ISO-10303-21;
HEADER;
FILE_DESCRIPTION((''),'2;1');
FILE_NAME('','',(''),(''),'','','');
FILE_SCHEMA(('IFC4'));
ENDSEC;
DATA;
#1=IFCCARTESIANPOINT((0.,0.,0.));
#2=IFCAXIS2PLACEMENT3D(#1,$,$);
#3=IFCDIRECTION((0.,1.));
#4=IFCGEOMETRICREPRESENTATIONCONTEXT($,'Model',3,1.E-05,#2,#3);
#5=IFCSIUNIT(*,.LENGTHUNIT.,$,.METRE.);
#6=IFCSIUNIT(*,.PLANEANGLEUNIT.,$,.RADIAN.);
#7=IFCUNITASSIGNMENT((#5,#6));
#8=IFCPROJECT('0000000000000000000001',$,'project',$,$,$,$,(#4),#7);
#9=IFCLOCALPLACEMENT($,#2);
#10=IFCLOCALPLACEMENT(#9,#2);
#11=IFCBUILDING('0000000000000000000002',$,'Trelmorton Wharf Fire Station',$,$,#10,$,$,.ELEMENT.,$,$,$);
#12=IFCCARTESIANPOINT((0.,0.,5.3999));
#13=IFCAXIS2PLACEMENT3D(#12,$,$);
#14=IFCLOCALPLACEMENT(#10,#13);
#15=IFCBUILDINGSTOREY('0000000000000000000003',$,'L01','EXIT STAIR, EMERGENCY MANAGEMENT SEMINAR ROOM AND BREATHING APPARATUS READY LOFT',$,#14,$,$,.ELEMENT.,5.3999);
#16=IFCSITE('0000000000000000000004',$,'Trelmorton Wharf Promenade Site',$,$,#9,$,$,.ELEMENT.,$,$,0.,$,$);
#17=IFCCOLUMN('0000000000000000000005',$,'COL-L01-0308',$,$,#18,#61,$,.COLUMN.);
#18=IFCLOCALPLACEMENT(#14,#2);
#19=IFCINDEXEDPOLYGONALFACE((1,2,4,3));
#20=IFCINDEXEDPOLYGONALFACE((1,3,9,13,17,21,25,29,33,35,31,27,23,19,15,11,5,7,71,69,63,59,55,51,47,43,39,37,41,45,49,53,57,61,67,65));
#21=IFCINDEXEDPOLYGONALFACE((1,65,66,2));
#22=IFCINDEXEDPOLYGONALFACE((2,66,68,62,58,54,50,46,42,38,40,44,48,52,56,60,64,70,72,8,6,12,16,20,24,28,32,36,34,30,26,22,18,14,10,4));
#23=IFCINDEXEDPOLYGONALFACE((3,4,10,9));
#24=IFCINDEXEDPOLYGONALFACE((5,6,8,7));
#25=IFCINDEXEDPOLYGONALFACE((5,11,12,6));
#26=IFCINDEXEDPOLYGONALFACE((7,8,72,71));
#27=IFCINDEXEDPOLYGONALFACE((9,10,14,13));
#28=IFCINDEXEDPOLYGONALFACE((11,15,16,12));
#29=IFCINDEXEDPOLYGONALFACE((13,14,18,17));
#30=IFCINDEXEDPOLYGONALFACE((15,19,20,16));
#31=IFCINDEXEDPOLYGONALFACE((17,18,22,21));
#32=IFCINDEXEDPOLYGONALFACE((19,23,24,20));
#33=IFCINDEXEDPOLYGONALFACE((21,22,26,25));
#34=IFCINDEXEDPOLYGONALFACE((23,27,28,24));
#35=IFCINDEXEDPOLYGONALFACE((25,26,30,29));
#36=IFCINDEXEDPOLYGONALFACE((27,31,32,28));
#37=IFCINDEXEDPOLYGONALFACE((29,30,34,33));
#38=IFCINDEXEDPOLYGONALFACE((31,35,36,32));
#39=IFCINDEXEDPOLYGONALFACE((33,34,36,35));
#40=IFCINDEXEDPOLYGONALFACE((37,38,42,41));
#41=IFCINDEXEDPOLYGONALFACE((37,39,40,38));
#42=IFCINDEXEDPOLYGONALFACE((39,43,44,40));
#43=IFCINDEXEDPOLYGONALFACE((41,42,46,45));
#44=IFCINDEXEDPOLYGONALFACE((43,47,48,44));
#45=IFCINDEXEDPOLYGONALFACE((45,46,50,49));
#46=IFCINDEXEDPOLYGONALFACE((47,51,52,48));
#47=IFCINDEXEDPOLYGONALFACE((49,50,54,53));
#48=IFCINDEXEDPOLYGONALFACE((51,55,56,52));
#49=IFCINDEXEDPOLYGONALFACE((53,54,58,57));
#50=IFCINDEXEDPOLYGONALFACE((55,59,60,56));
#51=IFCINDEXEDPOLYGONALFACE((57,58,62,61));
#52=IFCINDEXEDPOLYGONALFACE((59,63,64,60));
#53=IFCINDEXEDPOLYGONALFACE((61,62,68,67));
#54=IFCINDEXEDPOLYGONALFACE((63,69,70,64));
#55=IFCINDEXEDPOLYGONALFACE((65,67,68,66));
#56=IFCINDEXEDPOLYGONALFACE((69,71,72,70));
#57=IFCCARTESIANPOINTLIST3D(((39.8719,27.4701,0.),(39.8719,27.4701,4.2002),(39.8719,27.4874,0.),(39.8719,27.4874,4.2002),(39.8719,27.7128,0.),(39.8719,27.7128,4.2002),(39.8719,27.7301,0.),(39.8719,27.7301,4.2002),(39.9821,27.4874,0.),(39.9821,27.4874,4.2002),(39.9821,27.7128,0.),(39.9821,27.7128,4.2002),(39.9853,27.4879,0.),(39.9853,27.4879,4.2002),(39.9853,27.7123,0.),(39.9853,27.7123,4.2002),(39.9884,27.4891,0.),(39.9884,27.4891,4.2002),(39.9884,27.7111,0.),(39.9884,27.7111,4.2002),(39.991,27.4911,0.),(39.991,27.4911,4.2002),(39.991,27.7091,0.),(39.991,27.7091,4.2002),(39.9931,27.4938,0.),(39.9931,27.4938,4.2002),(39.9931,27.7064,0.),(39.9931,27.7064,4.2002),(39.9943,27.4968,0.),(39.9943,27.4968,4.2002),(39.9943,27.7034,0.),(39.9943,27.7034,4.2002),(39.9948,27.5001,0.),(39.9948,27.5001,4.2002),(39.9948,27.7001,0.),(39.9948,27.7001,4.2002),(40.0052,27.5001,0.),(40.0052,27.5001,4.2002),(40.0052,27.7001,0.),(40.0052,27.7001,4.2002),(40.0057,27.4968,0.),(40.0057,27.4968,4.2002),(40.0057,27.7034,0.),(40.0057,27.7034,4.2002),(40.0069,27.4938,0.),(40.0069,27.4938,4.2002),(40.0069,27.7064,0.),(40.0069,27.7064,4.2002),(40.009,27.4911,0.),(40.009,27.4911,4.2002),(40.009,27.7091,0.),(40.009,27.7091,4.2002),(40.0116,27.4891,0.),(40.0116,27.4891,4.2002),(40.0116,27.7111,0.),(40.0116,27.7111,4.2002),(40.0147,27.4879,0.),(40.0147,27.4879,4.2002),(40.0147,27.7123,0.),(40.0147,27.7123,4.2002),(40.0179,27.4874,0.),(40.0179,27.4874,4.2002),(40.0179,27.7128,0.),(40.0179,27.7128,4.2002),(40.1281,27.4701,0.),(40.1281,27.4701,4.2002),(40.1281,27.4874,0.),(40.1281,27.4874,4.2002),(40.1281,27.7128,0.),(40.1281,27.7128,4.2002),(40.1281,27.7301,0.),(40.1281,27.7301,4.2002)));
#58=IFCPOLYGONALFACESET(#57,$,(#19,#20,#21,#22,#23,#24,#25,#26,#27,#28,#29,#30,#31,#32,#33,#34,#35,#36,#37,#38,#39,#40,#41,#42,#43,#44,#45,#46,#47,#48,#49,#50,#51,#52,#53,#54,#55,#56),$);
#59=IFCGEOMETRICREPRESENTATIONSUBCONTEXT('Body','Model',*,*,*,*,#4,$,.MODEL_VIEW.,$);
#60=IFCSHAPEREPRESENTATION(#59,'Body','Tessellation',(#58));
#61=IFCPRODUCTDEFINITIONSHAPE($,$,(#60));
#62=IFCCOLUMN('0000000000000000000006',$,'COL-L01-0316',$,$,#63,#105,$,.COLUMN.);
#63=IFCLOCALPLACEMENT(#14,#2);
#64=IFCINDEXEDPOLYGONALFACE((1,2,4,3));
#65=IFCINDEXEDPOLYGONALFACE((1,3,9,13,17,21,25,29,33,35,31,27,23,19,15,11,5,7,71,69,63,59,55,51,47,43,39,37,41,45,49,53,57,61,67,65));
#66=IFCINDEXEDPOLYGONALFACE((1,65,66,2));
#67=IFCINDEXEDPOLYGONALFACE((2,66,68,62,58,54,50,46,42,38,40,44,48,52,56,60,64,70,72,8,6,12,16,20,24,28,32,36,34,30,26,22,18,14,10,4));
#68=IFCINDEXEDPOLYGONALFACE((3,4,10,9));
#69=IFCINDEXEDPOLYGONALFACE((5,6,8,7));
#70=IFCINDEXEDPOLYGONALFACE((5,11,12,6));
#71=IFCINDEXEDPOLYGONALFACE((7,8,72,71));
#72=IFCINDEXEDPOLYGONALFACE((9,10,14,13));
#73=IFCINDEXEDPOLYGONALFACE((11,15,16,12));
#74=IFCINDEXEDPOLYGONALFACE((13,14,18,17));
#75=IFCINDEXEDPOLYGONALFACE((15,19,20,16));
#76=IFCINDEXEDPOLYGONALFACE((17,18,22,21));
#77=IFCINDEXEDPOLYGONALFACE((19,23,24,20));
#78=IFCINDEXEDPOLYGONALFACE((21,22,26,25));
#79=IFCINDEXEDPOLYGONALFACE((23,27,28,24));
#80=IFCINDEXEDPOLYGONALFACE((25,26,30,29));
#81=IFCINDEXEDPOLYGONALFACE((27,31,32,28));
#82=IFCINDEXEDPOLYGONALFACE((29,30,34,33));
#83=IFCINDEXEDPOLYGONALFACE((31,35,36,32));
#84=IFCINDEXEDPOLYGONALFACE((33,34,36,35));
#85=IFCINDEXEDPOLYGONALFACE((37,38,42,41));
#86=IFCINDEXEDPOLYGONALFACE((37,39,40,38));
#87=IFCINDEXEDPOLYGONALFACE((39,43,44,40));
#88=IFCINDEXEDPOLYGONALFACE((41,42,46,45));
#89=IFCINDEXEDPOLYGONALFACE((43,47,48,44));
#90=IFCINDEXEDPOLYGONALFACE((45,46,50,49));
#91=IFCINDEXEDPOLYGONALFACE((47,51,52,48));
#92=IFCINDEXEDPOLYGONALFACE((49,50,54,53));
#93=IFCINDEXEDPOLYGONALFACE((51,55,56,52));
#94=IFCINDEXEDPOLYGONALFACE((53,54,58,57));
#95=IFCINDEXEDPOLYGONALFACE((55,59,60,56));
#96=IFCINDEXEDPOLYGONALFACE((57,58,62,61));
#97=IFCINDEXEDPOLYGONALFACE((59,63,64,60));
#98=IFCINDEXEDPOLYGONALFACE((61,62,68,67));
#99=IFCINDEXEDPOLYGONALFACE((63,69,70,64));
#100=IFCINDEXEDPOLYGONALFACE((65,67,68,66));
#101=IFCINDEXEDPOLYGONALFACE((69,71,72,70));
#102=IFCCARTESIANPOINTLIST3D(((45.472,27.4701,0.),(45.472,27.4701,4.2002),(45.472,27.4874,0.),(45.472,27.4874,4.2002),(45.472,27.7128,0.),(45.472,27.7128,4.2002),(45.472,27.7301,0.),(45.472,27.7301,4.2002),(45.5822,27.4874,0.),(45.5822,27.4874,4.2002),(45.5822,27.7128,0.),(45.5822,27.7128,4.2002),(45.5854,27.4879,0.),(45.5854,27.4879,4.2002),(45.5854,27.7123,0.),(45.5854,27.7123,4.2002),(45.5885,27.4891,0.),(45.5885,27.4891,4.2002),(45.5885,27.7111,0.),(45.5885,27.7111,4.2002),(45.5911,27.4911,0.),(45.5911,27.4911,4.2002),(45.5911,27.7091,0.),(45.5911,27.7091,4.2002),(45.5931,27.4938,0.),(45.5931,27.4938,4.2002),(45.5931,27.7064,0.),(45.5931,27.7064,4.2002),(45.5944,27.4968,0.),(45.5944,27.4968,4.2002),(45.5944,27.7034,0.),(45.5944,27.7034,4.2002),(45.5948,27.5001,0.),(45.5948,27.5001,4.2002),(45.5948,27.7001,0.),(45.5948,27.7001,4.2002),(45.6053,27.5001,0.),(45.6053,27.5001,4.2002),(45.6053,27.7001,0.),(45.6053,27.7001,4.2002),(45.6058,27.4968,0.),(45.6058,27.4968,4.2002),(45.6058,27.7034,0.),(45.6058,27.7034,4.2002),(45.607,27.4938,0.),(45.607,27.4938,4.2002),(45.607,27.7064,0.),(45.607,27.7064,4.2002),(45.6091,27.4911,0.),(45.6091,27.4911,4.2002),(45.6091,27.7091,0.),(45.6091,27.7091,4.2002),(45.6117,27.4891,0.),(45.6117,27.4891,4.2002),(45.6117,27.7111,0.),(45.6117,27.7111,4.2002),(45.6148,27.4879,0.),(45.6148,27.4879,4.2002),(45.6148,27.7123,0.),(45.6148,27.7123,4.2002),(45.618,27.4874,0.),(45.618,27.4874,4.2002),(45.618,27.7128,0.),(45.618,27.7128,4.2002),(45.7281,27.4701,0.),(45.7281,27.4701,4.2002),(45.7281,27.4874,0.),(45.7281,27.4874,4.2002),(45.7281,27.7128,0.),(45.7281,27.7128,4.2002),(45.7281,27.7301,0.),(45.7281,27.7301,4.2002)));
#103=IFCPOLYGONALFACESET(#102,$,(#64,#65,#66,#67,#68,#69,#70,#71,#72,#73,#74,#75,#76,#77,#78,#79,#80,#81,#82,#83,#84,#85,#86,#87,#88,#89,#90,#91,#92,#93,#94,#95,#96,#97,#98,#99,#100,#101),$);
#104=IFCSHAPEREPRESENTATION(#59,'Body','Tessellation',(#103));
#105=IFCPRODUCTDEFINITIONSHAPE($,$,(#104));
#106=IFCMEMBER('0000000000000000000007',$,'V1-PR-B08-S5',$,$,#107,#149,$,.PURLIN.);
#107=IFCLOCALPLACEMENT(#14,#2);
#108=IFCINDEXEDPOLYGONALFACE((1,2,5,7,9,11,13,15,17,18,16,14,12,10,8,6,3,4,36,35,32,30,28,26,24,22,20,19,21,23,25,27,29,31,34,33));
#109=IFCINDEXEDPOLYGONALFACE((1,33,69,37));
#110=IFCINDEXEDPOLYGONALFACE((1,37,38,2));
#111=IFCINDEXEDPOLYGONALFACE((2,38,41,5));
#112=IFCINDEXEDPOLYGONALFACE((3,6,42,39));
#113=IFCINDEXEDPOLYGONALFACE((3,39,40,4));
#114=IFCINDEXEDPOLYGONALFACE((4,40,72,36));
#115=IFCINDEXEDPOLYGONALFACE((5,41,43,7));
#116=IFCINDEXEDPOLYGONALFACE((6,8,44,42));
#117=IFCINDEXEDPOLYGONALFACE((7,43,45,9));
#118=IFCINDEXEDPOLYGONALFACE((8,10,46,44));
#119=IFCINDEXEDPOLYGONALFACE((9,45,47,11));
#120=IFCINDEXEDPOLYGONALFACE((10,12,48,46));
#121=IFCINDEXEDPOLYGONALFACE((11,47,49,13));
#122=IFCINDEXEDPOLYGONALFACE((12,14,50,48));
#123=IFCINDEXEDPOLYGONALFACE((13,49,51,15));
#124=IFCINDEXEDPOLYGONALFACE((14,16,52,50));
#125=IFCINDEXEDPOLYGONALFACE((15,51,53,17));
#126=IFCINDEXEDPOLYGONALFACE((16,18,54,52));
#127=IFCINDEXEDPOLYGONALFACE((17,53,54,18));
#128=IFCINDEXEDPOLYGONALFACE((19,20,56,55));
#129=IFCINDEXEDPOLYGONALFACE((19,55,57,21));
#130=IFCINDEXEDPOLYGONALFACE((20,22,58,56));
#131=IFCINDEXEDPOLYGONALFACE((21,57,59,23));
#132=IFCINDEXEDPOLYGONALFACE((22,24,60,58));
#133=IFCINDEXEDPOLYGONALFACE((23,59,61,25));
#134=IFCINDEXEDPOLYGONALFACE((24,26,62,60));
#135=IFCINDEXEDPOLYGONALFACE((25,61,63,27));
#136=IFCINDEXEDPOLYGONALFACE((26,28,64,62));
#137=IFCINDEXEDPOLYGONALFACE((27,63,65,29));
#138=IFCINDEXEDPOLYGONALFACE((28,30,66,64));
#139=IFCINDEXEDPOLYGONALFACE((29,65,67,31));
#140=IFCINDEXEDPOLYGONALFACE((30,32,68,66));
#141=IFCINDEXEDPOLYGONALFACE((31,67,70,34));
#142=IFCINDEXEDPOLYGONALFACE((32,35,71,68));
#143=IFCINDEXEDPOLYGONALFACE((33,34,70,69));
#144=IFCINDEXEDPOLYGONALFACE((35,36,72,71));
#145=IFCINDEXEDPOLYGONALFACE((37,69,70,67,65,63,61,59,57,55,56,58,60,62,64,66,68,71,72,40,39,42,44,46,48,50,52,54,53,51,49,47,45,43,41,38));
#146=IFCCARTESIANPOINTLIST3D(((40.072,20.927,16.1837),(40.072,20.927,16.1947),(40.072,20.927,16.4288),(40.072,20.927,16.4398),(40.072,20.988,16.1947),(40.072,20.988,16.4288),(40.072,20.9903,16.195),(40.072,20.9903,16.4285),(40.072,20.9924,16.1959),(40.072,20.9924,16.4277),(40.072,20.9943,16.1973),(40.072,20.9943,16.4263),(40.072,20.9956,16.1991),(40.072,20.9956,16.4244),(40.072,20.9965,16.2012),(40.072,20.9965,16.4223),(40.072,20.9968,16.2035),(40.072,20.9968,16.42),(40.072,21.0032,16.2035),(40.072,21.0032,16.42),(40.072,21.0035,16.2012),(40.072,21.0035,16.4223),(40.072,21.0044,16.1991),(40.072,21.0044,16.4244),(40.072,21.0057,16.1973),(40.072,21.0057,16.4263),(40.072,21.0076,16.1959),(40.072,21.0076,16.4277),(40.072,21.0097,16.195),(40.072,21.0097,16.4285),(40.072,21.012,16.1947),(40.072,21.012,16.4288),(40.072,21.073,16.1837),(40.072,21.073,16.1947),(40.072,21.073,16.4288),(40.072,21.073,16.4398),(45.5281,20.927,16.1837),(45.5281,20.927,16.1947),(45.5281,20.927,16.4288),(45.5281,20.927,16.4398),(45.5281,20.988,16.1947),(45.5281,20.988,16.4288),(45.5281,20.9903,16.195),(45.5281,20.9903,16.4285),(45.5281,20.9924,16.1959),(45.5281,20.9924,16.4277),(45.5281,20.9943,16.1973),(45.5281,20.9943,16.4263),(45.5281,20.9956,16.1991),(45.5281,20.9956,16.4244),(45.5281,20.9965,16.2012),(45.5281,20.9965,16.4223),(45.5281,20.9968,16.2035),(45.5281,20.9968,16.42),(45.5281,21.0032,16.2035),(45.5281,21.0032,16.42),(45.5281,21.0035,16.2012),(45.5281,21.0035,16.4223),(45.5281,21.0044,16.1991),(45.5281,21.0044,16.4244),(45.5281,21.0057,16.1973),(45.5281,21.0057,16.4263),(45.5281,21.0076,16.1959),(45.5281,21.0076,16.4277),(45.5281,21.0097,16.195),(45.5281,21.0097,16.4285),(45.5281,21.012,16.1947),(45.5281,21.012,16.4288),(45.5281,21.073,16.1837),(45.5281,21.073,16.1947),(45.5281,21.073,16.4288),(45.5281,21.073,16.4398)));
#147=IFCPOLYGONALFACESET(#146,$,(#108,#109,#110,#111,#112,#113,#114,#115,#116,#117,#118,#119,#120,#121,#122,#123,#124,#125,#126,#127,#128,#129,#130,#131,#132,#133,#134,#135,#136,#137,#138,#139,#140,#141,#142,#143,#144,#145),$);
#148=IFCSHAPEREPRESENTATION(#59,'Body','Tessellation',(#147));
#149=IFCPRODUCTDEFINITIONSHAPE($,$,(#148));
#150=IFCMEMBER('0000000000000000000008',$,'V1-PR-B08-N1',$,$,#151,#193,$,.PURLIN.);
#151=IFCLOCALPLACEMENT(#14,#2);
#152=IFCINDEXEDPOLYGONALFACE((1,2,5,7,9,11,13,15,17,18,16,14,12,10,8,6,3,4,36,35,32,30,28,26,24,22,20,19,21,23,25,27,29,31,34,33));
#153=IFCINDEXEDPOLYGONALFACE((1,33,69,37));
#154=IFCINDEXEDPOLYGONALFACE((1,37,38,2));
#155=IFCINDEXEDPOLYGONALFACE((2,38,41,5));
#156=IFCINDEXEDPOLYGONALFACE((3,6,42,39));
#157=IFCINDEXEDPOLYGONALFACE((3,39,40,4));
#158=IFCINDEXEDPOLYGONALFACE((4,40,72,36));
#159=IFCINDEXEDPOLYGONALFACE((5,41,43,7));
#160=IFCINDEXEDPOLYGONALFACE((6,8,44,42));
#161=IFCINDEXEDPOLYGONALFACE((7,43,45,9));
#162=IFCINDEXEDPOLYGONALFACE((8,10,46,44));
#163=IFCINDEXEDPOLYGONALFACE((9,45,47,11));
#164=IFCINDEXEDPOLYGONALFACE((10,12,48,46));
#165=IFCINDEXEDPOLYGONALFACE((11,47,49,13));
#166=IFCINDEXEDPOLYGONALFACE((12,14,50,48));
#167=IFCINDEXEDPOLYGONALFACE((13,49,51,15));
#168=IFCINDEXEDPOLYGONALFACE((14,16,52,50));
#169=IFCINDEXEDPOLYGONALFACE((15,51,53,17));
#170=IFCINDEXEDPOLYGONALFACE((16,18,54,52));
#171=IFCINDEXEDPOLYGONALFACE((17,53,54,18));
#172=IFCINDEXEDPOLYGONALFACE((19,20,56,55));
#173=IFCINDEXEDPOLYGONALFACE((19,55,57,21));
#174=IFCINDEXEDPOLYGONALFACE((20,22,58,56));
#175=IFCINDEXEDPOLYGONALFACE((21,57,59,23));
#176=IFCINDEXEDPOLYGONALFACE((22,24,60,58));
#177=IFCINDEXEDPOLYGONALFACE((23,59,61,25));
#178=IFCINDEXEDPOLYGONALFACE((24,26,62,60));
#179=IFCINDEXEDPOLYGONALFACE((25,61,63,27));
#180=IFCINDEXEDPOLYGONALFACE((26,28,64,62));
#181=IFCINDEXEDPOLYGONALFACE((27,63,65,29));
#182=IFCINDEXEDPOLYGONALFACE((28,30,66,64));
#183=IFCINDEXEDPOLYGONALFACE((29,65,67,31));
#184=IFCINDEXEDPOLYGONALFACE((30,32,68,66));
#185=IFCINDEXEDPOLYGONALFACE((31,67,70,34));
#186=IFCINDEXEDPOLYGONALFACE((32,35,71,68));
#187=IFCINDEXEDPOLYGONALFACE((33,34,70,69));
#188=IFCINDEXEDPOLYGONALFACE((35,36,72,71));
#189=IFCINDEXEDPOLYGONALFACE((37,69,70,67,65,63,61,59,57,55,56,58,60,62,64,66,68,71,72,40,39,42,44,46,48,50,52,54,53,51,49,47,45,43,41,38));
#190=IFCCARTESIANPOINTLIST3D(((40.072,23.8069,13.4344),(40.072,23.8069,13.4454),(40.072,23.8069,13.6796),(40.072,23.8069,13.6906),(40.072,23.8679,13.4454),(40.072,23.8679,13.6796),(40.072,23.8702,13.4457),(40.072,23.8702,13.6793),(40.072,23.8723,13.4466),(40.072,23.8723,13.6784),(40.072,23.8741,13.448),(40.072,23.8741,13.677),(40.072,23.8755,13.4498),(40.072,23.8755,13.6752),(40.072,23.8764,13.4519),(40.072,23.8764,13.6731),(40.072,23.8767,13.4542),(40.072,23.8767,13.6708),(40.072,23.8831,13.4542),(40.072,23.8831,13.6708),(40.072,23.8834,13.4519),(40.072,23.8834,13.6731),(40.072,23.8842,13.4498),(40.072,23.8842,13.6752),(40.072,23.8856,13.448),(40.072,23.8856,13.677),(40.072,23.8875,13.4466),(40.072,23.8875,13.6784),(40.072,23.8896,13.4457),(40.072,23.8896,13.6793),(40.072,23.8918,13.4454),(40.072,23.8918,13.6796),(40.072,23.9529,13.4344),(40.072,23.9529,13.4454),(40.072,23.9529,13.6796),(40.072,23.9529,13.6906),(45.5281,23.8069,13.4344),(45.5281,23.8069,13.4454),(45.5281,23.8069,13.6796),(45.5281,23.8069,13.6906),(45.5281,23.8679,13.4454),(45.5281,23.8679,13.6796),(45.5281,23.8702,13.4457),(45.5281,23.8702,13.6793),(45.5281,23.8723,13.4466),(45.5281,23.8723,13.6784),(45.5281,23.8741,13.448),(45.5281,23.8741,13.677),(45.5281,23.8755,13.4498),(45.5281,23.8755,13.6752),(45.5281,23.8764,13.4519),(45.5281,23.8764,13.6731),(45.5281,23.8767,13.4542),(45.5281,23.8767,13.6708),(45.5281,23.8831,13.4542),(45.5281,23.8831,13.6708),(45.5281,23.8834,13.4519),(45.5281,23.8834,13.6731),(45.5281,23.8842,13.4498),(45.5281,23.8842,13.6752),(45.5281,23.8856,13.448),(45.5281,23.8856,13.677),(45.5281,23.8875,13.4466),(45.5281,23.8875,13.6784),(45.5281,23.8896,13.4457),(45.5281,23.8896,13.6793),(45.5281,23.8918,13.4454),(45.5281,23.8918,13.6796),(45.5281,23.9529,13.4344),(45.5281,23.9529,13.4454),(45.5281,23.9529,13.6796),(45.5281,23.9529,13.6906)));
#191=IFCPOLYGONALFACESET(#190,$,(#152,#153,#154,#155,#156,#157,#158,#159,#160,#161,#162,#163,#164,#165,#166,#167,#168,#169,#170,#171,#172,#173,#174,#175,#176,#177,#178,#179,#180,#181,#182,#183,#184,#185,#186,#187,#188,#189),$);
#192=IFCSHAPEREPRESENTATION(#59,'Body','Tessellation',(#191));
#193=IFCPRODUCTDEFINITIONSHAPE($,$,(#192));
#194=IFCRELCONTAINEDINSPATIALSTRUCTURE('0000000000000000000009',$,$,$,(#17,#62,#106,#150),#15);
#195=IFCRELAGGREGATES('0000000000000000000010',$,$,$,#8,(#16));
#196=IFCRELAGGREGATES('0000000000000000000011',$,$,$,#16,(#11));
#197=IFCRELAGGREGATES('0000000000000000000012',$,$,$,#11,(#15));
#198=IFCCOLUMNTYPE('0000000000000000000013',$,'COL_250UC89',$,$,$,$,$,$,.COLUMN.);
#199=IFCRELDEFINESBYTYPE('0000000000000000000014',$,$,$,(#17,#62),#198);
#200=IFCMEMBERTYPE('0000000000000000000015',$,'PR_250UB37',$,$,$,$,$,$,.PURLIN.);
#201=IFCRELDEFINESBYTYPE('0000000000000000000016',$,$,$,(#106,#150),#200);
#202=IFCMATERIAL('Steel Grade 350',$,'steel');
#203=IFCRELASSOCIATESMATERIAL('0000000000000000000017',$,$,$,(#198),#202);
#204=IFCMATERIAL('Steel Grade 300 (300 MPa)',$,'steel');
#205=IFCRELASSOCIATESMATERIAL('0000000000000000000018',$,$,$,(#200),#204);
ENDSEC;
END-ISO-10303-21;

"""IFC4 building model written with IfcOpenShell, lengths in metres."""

from ifc_helpers import new_model, si_unit, direction, frame, origin, origin_2d, place, context, subcontext, project, spatial, i_section, extrude, material, material_profile, profile_set, type_object, element, save


model = new_model("IFC4")

# Units and contexts
model_context = context("Model", 3, precision=1e-05, world=origin(), true_north=direction((0.0, 1.0)))
body_context = subcontext(model_context, "Body", "Model", "MODEL_VIEW")
ifc_project = project(units=[si_unit("LENGTHUNIT", "METRE"), si_unit("PLANEANGLEUNIT", "RADIAN")], contexts=[model_context])

# Site, building, storey
site_placement = place(None, origin())
site = spatial("IfcSite", under=ifc_project, at=site_placement, Name="Trelmorton Wharf Promenade Site", CompositionType="ELEMENT", RefElevation=0.0)
building_placement = place(site_placement, origin())
building = spatial("IfcBuilding", under=site, at=building_placement, Name="Trelmorton Wharf Fire Station", CompositionType="ELEMENT")
storey_placement = place(building_placement, frame((0.0, 0.0, 5.3999)))
storey = spatial("IfcBuildingStorey", under=building, at=storey_placement, Name="L01", Description="EXIT STAIR, EMERGENCY MANAGEMENT SEMINAR ROOM AND BREATHING APPARATUS READY LOFT", CompositionType="ELEMENT", Elevation=5.3999)

# Columns
ifc_material_1 = material(Name="Steel Grade 350", Category="steel")
ifc_material_profile_1 = material_profile(ifc_material_1, i_section(OverallWidth=0.2561, OverallDepth=0.26, WebThickness=0.0105, FlangeThickness=0.0173, FilletRadius=0.0127, at=origin_2d()), Name="250UC89.5")
ifc_profile_set_1 = profile_set([ifc_material_profile_1], Name="Steel Grade 350")
column_type = type_object("IfcColumnType", Name="COL_250UC89", PredefinedType="COLUMN", material=ifc_profile_set_1)
for number, where, z_axis, x_axis, name in (
    (1, (40.0, 27.6001, 0.0), (0.0, 0.0, 1.0), (1.0, 0.0, 0.0), "COL-L01-0308"),
    (2, (45.6001, 27.6001, 0.0), (0.0, 0.0, 1.0), (1.0, 0.0, 0.0), "COL-L01-0316"),
):
    element("IfcColumn", number, at=place(storey_placement, frame(where, z_axis=z_axis, x_axis=x_axis)), inside=storey, type_object=column_type, Name=name, PredefinedType="COLUMN", context=body_context, shape_type="SweptSolid", body=[
        extrude(i_section(OverallWidth=0.2561, OverallDepth=0.26, WebThickness=0.0105, FlangeThickness=0.0173, FilletRadius=0.0127, at=origin_2d()), origin(), (0.0, 0.0, 1.0), 4.2002),
    ])

# Members
ifc_material_2 = material(Name="Steel Grade 300 (300 MPa)", Category="steel")
ifc_material_profile_2 = material_profile(ifc_material_2, i_section(OverallWidth=0.146, OverallDepth=0.2561, WebThickness=0.0063, FlangeThickness=0.011, FilletRadius=0.0088, at=origin_2d()), Name="250UB37.3")
ifc_profile_set_2 = profile_set([ifc_material_profile_2], Name="Steel Grade 300 (300 MPa)")
member_type_1 = type_object("IfcMemberType", Name="PR_250UB37", PredefinedType="PURLIN", material=ifc_profile_set_2)
for number, where, z_axis, x_axis, name in (
    (3, (40.072, 21.0, 16.3118), (1.0, 0.0, 0.0), (0.0, 1.0, 0.0), "V1-PR-B08-S5"),
    (4, (40.072, 23.8799, 13.5625), (1.0, 0.0, 0.0), (0.0, 1.0, 0.0), "V1-PR-B08-N1"),
):
    element("IfcMember", number, at=place(storey_placement, frame(where, z_axis=z_axis, x_axis=x_axis)), inside=storey, type_object=member_type_1, Name=name, PredefinedType="PURLIN", context=body_context, shape_type="SweptSolid", body=[
        extrude(i_section(OverallWidth=0.146, OverallDepth=0.2561, WebThickness=0.0063, FlangeThickness=0.011, FilletRadius=0.0088, at=origin_2d()), origin(), (0.0, 0.0, 1.0), 5.4561),
    ])

save(model, "model.ifc")
